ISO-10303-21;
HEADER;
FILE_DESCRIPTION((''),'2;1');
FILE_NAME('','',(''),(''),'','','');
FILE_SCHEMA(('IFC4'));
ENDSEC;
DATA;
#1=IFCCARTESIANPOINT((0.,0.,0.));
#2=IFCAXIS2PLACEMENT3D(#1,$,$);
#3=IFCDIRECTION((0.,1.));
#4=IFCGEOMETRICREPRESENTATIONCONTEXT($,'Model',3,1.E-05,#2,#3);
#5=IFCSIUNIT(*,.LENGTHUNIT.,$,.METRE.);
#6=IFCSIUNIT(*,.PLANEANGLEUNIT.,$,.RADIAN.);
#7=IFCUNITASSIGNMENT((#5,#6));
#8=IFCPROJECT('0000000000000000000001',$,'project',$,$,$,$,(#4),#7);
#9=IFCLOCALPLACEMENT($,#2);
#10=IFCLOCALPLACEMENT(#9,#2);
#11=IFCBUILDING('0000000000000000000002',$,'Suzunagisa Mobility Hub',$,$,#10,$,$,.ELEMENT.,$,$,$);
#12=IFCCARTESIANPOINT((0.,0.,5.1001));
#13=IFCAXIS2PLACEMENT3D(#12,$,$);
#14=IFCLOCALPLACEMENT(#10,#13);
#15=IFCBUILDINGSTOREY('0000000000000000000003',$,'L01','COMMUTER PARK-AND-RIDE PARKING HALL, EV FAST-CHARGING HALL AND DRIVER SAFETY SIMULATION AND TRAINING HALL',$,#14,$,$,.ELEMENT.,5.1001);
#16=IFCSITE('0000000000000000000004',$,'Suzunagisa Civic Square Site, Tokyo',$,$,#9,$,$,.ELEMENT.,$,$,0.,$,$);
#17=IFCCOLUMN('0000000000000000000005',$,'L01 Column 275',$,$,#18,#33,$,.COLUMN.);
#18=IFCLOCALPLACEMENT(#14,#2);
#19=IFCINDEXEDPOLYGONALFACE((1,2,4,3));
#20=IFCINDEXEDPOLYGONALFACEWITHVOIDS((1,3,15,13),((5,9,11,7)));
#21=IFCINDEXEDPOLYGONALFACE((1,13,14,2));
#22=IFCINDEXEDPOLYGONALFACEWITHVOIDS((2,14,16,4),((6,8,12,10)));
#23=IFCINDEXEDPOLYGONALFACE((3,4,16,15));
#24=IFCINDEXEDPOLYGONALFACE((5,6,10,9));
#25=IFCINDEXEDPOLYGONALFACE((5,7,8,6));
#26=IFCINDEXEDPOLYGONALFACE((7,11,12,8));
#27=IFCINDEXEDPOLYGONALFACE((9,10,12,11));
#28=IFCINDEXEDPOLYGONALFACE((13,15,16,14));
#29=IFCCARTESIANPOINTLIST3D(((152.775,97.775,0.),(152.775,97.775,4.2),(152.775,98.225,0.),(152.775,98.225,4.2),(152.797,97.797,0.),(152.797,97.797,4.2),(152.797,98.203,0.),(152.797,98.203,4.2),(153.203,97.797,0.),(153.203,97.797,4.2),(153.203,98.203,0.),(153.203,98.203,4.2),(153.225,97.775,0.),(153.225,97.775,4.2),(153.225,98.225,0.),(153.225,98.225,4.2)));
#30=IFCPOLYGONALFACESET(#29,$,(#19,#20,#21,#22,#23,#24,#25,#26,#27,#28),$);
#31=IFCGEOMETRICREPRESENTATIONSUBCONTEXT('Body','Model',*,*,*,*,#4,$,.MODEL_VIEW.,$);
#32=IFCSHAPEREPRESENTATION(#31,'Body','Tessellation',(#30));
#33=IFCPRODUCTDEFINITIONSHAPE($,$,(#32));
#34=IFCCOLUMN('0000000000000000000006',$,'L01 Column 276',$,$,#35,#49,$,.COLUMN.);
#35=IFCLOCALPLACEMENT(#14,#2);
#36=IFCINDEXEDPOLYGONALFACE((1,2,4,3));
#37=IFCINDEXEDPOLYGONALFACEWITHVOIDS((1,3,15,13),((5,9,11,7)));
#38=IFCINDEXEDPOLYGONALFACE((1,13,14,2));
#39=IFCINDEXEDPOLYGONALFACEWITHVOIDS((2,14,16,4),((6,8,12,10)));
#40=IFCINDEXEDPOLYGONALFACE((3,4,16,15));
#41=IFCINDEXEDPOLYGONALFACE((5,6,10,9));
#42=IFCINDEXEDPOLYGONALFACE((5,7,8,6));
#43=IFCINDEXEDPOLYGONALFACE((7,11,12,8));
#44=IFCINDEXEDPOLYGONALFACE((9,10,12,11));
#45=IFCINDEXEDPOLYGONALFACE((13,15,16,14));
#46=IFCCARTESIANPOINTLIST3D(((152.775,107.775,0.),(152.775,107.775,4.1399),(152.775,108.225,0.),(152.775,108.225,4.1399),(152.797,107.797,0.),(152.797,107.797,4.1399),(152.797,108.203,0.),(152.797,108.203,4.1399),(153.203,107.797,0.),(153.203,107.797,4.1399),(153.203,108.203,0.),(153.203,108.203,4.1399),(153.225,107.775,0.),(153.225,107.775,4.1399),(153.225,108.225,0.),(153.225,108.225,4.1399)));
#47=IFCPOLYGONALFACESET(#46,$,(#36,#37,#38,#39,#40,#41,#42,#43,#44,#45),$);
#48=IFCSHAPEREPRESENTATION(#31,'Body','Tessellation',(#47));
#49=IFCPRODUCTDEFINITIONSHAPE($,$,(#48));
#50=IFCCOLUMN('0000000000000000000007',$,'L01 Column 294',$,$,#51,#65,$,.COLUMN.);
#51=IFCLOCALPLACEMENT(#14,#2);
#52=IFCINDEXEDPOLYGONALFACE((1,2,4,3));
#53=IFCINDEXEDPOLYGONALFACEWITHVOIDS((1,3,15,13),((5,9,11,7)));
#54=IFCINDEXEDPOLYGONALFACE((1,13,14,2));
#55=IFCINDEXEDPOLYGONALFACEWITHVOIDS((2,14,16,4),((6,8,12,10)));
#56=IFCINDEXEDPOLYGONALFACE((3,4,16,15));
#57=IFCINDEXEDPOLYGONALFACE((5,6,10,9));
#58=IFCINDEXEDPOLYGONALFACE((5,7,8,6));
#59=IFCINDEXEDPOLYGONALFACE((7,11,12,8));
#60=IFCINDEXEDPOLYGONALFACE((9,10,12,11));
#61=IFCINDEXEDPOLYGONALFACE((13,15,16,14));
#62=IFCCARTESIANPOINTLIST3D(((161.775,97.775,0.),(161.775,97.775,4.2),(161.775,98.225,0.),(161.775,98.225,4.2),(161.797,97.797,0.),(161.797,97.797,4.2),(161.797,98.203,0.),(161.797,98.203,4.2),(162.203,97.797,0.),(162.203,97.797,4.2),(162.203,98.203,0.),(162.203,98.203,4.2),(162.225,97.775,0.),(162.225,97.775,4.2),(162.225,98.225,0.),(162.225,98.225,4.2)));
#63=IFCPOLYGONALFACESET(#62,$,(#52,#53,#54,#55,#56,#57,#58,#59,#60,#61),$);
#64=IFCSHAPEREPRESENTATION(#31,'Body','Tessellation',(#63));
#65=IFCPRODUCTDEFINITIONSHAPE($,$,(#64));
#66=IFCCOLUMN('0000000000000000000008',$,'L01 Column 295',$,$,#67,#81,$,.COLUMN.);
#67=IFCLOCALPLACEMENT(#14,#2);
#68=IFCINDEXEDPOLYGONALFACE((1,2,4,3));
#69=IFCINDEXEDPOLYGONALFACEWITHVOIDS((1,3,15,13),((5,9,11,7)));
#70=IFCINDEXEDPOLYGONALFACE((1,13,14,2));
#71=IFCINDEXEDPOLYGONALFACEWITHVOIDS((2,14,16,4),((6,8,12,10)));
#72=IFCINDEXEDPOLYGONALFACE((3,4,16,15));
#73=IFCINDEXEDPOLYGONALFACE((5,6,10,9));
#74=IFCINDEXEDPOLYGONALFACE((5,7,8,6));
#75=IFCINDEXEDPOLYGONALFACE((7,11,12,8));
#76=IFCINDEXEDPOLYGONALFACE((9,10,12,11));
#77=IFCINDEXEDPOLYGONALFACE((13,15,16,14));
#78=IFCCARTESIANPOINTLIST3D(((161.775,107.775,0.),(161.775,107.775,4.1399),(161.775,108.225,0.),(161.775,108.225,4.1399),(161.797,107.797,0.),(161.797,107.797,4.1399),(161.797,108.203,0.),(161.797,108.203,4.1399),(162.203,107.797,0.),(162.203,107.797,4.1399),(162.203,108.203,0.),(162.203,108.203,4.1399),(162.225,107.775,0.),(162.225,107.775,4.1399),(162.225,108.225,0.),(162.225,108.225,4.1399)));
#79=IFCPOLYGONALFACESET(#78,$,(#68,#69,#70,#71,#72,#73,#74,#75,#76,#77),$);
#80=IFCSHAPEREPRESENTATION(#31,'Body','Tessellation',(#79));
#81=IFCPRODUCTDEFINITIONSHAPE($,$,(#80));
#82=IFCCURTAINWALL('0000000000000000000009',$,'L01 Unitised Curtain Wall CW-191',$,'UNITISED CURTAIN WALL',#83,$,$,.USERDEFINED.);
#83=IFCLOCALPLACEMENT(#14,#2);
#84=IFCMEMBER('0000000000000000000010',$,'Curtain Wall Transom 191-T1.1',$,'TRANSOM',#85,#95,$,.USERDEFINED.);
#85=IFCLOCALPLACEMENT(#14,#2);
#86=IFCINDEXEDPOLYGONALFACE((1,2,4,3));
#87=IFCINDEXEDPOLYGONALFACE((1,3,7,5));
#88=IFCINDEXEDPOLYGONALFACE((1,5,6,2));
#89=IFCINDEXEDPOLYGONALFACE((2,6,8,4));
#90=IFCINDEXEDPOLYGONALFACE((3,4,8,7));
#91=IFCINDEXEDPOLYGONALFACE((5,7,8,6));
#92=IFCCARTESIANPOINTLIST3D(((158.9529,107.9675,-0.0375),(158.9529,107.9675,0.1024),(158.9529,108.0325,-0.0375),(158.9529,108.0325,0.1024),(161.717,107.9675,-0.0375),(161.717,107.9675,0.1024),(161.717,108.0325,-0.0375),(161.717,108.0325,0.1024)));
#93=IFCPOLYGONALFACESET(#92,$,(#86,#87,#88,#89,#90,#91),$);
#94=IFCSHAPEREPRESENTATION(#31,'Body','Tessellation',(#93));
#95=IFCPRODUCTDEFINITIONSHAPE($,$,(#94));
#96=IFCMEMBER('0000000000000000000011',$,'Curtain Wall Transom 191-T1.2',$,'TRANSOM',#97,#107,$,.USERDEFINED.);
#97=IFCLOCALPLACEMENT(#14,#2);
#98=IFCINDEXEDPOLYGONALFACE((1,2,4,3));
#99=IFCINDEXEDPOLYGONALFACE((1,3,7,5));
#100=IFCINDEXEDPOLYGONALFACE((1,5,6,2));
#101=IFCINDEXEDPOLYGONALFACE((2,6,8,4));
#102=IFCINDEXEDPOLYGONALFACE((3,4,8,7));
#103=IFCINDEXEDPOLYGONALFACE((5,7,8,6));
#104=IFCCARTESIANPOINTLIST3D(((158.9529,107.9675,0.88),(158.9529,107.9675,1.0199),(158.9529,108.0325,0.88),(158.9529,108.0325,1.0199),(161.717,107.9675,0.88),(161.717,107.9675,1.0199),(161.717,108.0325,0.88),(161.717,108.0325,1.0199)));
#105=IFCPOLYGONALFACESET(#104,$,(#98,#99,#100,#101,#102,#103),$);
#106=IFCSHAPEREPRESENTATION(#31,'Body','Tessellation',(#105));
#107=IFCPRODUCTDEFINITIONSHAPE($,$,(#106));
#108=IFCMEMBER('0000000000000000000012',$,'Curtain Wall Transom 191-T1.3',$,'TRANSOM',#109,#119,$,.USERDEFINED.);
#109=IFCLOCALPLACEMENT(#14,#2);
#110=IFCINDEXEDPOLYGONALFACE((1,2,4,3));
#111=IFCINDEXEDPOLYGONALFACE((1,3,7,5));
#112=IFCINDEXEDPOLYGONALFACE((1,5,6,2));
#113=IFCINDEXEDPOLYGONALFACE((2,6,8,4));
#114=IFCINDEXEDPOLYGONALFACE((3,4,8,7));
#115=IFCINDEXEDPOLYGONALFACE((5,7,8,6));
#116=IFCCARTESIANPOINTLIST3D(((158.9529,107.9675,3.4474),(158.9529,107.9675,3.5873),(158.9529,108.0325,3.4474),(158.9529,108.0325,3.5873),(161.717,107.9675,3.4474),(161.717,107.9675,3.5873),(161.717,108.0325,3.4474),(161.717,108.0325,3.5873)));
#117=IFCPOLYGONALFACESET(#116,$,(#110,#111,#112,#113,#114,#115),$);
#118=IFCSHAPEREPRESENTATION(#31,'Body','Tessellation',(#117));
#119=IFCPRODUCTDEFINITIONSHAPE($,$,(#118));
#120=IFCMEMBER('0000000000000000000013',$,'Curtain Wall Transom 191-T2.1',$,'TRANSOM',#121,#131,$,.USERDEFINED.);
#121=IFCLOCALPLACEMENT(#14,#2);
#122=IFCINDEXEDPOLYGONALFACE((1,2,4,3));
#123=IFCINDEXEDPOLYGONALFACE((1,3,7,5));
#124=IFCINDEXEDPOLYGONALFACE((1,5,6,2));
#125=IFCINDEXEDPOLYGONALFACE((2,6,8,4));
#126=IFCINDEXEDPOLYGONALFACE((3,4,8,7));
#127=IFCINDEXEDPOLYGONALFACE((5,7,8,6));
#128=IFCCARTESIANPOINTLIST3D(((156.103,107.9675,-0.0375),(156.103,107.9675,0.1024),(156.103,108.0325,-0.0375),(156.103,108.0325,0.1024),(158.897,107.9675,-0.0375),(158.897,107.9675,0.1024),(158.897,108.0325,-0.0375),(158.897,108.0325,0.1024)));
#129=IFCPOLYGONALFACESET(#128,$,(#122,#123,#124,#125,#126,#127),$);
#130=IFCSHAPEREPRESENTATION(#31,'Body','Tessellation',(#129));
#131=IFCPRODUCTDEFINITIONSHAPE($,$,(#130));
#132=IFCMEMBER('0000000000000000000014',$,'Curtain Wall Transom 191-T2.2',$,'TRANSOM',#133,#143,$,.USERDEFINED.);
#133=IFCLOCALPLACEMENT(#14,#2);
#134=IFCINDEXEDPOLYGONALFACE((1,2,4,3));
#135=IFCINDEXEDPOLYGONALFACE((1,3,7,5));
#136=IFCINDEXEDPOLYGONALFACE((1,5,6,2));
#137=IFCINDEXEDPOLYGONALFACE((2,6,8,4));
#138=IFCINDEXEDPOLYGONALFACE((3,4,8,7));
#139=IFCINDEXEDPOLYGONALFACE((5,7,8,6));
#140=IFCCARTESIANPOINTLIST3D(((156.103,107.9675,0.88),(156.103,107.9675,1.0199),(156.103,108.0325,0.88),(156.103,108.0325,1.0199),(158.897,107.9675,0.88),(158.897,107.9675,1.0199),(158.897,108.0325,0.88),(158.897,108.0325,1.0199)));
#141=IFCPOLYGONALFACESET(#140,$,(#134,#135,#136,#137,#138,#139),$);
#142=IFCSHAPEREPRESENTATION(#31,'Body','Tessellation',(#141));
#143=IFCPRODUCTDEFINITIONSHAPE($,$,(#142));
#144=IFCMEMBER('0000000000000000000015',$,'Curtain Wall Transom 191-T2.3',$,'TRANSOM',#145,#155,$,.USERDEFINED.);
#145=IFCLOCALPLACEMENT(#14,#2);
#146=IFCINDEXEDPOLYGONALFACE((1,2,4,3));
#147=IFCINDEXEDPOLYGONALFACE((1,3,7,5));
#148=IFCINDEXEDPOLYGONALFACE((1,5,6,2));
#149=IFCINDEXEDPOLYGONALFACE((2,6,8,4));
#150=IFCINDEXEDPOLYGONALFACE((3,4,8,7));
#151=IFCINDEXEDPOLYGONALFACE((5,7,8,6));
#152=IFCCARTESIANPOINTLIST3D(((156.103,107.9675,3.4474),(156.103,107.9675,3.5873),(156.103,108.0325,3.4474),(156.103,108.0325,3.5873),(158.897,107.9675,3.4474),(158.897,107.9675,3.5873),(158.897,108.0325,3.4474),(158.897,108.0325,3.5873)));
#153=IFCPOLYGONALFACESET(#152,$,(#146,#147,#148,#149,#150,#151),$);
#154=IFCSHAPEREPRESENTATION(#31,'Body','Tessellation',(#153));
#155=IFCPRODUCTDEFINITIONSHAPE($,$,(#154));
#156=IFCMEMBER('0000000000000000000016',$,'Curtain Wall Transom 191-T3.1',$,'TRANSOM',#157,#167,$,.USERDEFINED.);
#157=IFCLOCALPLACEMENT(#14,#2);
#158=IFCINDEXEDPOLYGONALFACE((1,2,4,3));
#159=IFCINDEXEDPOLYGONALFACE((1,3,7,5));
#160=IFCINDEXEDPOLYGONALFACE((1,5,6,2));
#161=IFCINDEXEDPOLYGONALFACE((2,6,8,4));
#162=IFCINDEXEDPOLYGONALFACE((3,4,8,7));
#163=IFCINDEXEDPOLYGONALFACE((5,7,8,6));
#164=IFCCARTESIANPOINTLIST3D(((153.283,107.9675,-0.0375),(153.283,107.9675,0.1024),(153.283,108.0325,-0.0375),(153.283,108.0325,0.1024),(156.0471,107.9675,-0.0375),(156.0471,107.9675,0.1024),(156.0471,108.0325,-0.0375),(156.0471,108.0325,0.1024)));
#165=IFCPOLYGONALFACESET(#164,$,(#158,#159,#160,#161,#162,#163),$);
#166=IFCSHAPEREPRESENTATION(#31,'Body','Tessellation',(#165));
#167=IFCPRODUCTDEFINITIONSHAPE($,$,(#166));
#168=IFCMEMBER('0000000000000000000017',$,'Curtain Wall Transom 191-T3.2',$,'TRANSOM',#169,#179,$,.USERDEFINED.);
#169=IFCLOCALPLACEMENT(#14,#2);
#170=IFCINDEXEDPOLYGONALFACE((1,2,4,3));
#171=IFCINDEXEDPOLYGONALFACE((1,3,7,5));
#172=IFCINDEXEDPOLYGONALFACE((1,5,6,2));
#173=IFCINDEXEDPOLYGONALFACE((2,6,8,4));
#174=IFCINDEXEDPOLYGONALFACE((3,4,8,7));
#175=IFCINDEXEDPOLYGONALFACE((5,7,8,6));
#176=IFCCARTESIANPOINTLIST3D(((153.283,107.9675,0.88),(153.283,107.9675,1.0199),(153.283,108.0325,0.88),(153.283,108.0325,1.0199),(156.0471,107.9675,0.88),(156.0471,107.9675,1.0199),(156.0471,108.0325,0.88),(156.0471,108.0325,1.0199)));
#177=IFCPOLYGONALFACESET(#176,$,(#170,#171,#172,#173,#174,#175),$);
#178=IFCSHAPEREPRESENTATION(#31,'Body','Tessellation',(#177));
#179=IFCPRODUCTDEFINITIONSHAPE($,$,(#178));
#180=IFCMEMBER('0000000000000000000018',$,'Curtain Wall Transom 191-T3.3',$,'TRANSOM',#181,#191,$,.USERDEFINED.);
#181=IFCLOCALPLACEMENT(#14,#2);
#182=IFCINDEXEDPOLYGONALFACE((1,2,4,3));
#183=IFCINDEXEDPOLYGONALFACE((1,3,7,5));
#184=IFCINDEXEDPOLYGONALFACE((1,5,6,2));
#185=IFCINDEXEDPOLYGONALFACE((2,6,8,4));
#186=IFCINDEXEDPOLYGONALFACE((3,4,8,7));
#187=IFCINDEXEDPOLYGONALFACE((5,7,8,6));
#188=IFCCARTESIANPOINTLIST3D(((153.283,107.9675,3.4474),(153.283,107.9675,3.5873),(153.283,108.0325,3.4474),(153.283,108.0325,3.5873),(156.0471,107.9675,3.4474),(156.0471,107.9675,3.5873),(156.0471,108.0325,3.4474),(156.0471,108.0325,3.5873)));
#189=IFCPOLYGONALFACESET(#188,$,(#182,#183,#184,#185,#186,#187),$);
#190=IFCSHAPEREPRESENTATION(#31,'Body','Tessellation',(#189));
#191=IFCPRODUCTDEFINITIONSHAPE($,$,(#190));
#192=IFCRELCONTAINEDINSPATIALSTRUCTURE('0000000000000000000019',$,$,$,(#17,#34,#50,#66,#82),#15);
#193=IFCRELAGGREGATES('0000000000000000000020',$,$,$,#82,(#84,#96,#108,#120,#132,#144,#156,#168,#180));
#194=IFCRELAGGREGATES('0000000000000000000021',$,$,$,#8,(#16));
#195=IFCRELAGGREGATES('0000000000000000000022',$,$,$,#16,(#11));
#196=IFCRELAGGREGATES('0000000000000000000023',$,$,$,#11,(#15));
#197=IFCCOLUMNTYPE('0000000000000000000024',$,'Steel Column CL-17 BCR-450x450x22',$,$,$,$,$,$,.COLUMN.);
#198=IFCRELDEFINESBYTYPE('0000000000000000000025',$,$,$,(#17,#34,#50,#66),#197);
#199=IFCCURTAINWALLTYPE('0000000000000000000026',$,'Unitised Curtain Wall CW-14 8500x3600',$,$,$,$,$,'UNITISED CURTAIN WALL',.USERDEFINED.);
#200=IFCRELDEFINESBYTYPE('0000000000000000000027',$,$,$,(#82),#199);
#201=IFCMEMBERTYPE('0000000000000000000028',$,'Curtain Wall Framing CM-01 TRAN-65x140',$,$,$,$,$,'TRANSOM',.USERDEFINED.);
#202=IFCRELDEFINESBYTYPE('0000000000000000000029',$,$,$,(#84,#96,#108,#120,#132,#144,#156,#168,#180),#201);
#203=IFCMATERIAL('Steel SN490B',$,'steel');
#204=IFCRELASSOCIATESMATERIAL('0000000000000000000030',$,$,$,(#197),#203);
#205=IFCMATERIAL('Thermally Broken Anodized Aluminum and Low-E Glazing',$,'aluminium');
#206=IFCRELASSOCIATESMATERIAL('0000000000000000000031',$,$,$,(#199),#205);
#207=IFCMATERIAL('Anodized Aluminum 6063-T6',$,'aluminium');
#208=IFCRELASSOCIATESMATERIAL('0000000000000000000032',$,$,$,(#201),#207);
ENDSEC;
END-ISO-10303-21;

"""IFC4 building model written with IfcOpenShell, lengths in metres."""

from ifc_helpers import new_model, si_unit, direction, frame, origin, origin_2d, place, context, subcontext, project, spatial, rectangle, hollow_rectangle, extrude, material, material_profile, profile_set, type_object, element, aggregate, save


model = new_model("IFC4")

# Units and contexts
model_context = context("Model", 3, precision=1e-05, world=origin(), true_north=direction((0.0, 1.0)))
body_context = subcontext(model_context, "Body", "Model", "MODEL_VIEW")
ifc_project = project(units=[si_unit("LENGTHUNIT", "METRE"), si_unit("PLANEANGLEUNIT", "RADIAN")], contexts=[model_context])

# Site, building, storey
site_placement = place(None, origin())
site = spatial("IfcSite", under=ifc_project, at=site_placement, Name="Suzunagisa Civic Square Site, Tokyo", CompositionType="ELEMENT", RefElevation=0.0)
building_placement = place(site_placement, origin())
building = spatial("IfcBuilding", under=site, at=building_placement, Name="Suzunagisa Mobility Hub", CompositionType="ELEMENT")
storey_placement = place(building_placement, frame((0.0, 0.0, 5.1001)))
storey = spatial("IfcBuildingStorey", under=building, at=storey_placement, Name="L01", Description="COMMUTER PARK-AND-RIDE PARKING HALL, EV FAST-CHARGING HALL AND DRIVER SAFETY SIMULATION AND TRAINING HALL", CompositionType="ELEMENT", Elevation=5.1001)

# Columns
ifc_material_1 = material(Name="Steel SN490B", Category="steel")
ifc_material_profile_1 = material_profile(ifc_material_1, hollow_rectangle(XDim=0.45, YDim=0.45, WallThickness=0.022, at=origin_2d()), Name="BCR-450x450x22")
ifc_profile_set_1 = profile_set([ifc_material_profile_1], Name="Steel SN490B")
column_type = type_object("IfcColumnType", Name="Steel Column CL-17 BCR-450x450x22", PredefinedType="COLUMN", material=ifc_profile_set_1)
column_1_placement = place(storey_placement, frame((153.0, 98.0, 0.0), z_axis=(0.0, 0.0, 1.0), x_axis=(1.0, 0.0, 0.0)))
element("IfcColumn", 1, at=column_1_placement, inside=storey, type_object=column_type, Name="L01 Column 275", PredefinedType="COLUMN", context=body_context, shape_type="SweptSolid", body=[
    extrude(hollow_rectangle(XDim=0.45, YDim=0.45, WallThickness=0.022, at=origin_2d()), origin(), (0.0, 0.0, 1.0), 4.2),
])
column_2_placement = place(storey_placement, frame((153.0, 108.0, 0.0), z_axis=(0.0, 0.0, 1.0), x_axis=(1.0, 0.0, 0.0)))
element("IfcColumn", 2, at=column_2_placement, inside=storey, type_object=column_type, Name="L01 Column 276", PredefinedType="COLUMN", context=body_context, shape_type="SweptSolid", body=[
    extrude(hollow_rectangle(XDim=0.45, YDim=0.45, WallThickness=0.022, at=origin_2d()), origin(), (0.0, 0.0, 1.0), 4.1399),
])
column_3_placement = place(storey_placement, frame((162.0, 98.0, 0.0), z_axis=(0.0, 0.0, 1.0), x_axis=(1.0, 0.0, 0.0)))
element("IfcColumn", 3, at=column_3_placement, inside=storey, type_object=column_type, Name="L01 Column 294", PredefinedType="COLUMN", context=body_context, shape_type="SweptSolid", body=[
    extrude(hollow_rectangle(XDim=0.45, YDim=0.45, WallThickness=0.022, at=origin_2d()), origin(), (0.0, 0.0, 1.0), 4.2),
])
column_4_placement = place(storey_placement, frame((162.0, 108.0, 0.0), z_axis=(0.0, 0.0, 1.0), x_axis=(1.0, 0.0, 0.0)))
element("IfcColumn", 4, at=column_4_placement, inside=storey, type_object=column_type, Name="L01 Column 295", PredefinedType="COLUMN", context=body_context, shape_type="SweptSolid", body=[
    extrude(hollow_rectangle(XDim=0.45, YDim=0.45, WallThickness=0.022, at=origin_2d()), origin(), (0.0, 0.0, 1.0), 4.1399),
])

# Curtain wall, members
ifc_material_2 = material(Name="Thermally Broken Anodized Aluminum and Low-E Glazing", Category="aluminium")
curtain_wall_type = type_object("IfcCurtainWallType", Name="Unitised Curtain Wall CW-14 8500x3600", ElementType="UNITISED CURTAIN WALL", PredefinedType="USERDEFINED", material=ifc_material_2)
curtain_wall_placement = place(storey_placement, origin())
curtain_wall = element("IfcCurtainWall", 5, at=curtain_wall_placement, inside=storey, type_object=curtain_wall_type, Name="L01 Unitised Curtain Wall CW-191", ObjectType="UNITISED CURTAIN WALL", PredefinedType="USERDEFINED")
ifc_material_3 = material(Name="Anodized Aluminum 6063-T6", Category="aluminium")
ifc_material_profile_2 = material_profile(ifc_material_3, rectangle(XDim=0.0649, YDim=0.1399, at=origin_2d()), Name="TRAN-65x140")
ifc_profile_set_2 = profile_set([ifc_material_profile_2], Name="Anodized Aluminum 6063-T6")
member_type_1 = type_object("IfcMemberType", Name="Curtain Wall Framing CM-01 TRAN-65x140", ElementType="TRANSOM", PredefinedType="USERDEFINED", material=ifc_profile_set_2)
member_1_placement = place(storey_placement, frame((161.717, 108.0, 0.0325), z_axis=(-1.0, 0.0, 0.0), x_axis=(0.0, -1.0, 0.0)))
member_1 = element("IfcMember", 6, at=member_1_placement, type_object=member_type_1, Name="Curtain Wall Transom 191-T1.1", ObjectType="TRANSOM", PredefinedType="USERDEFINED", context=body_context, shape_type="SweptSolid", body=[
    extrude(rectangle(XDim=0.0649, YDim=0.1399, at=origin_2d()), origin(), (0.0, 0.0, 1.0), 2.7642),
])
member_2_placement = place(storey_placement, frame((161.717, 108.0, 0.95), z_axis=(-1.0, 0.0, 0.0), x_axis=(0.0, -1.0, 0.0)))
member_2 = element("IfcMember", 7, at=member_2_placement, type_object=member_type_1, Name="Curtain Wall Transom 191-T1.2", ObjectType="TRANSOM", PredefinedType="USERDEFINED", context=body_context, shape_type="SweptSolid", body=[
    extrude(rectangle(XDim=0.0649, YDim=0.1399, at=origin_2d()), origin(), (0.0, 0.0, 1.0), 2.7642),
])
member_3_placement = place(storey_placement, frame((161.717, 108.0, 3.5173), z_axis=(-1.0, 0.0, 0.0), x_axis=(0.0, -1.0, 0.0)))
member_3 = element("IfcMember", 8, at=member_3_placement, type_object=member_type_1, Name="Curtain Wall Transom 191-T1.3", ObjectType="TRANSOM", PredefinedType="USERDEFINED", context=body_context, shape_type="SweptSolid", body=[
    extrude(rectangle(XDim=0.0649, YDim=0.1399, at=origin_2d()), origin(), (0.0, 0.0, 1.0), 2.7642),
])
member_4_placement = place(storey_placement, frame((158.897, 108.0, 0.0325), z_axis=(-1.0, 0.0, 0.0), x_axis=(0.0, -1.0, 0.0)))
member_4 = element("IfcMember", 9, at=member_4_placement, type_object=member_type_1, Name="Curtain Wall Transom 191-T2.1", ObjectType="TRANSOM", PredefinedType="USERDEFINED", context=body_context, shape_type="SweptSolid", body=[
    extrude(rectangle(XDim=0.0649, YDim=0.1399, at=origin_2d()), origin(), (0.0, 0.0, 1.0), 2.7939),
])
member_5_placement = place(storey_placement, frame((158.897, 108.0, 0.95), z_axis=(-1.0, 0.0, 0.0), x_axis=(0.0, -1.0, 0.0)))
member_5 = element("IfcMember", 10, at=member_5_placement, type_object=member_type_1, Name="Curtain Wall Transom 191-T2.2", ObjectType="TRANSOM", PredefinedType="USERDEFINED", context=body_context, shape_type="SweptSolid", body=[
    extrude(rectangle(XDim=0.0649, YDim=0.1399, at=origin_2d()), origin(), (0.0, 0.0, 1.0), 2.7939),
])
member_6_placement = place(storey_placement, frame((158.897, 108.0, 3.5173), z_axis=(-1.0, 0.0, 0.0), x_axis=(0.0, -1.0, 0.0)))
member_6 = element("IfcMember", 11, at=member_6_placement, type_object=member_type_1, Name="Curtain Wall Transom 191-T2.3", ObjectType="TRANSOM", PredefinedType="USERDEFINED", context=body_context, shape_type="SweptSolid", body=[
    extrude(rectangle(XDim=0.0649, YDim=0.1399, at=origin_2d()), origin(), (0.0, 0.0, 1.0), 2.7939),
])
member_7_placement = place(storey_placement, frame((156.0471, 108.0, 0.0325), z_axis=(-1.0, 0.0, 0.0), x_axis=(0.0, -1.0, 0.0)))
member_7 = element("IfcMember", 12, at=member_7_placement, type_object=member_type_1, Name="Curtain Wall Transom 191-T3.1", ObjectType="TRANSOM", PredefinedType="USERDEFINED", context=body_context, shape_type="SweptSolid", body=[
    extrude(rectangle(XDim=0.0649, YDim=0.1399, at=origin_2d()), origin(), (0.0, 0.0, 1.0), 2.7642),
])
member_8_placement = place(storey_placement, frame((156.0471, 108.0, 0.95), z_axis=(-1.0, 0.0, 0.0), x_axis=(0.0, -1.0, 0.0)))
member_8 = element("IfcMember", 13, at=member_8_placement, type_object=member_type_1, Name="Curtain Wall Transom 191-T3.2", ObjectType="TRANSOM", PredefinedType="USERDEFINED", context=body_context, shape_type="SweptSolid", body=[
    extrude(rectangle(XDim=0.0649, YDim=0.1399, at=origin_2d()), origin(), (0.0, 0.0, 1.0), 2.7642),
])
member_9_placement = place(storey_placement, frame((156.0471, 108.0, 3.5173), z_axis=(-1.0, 0.0, 0.0), x_axis=(0.0, -1.0, 0.0)))
member_9 = element("IfcMember", 14, at=member_9_placement, type_object=member_type_1, Name="Curtain Wall Transom 191-T3.3", ObjectType="TRANSOM", PredefinedType="USERDEFINED", context=body_context, shape_type="SweptSolid", body=[
    extrude(rectangle(XDim=0.0649, YDim=0.1399, at=origin_2d()), origin(), (0.0, 0.0, 1.0), 2.7642),
])

aggregate(curtain_wall, [member_1, member_2, member_3, member_4, member_5, member_6, member_7, member_8, member_9])

save(model, "model.ifc")
